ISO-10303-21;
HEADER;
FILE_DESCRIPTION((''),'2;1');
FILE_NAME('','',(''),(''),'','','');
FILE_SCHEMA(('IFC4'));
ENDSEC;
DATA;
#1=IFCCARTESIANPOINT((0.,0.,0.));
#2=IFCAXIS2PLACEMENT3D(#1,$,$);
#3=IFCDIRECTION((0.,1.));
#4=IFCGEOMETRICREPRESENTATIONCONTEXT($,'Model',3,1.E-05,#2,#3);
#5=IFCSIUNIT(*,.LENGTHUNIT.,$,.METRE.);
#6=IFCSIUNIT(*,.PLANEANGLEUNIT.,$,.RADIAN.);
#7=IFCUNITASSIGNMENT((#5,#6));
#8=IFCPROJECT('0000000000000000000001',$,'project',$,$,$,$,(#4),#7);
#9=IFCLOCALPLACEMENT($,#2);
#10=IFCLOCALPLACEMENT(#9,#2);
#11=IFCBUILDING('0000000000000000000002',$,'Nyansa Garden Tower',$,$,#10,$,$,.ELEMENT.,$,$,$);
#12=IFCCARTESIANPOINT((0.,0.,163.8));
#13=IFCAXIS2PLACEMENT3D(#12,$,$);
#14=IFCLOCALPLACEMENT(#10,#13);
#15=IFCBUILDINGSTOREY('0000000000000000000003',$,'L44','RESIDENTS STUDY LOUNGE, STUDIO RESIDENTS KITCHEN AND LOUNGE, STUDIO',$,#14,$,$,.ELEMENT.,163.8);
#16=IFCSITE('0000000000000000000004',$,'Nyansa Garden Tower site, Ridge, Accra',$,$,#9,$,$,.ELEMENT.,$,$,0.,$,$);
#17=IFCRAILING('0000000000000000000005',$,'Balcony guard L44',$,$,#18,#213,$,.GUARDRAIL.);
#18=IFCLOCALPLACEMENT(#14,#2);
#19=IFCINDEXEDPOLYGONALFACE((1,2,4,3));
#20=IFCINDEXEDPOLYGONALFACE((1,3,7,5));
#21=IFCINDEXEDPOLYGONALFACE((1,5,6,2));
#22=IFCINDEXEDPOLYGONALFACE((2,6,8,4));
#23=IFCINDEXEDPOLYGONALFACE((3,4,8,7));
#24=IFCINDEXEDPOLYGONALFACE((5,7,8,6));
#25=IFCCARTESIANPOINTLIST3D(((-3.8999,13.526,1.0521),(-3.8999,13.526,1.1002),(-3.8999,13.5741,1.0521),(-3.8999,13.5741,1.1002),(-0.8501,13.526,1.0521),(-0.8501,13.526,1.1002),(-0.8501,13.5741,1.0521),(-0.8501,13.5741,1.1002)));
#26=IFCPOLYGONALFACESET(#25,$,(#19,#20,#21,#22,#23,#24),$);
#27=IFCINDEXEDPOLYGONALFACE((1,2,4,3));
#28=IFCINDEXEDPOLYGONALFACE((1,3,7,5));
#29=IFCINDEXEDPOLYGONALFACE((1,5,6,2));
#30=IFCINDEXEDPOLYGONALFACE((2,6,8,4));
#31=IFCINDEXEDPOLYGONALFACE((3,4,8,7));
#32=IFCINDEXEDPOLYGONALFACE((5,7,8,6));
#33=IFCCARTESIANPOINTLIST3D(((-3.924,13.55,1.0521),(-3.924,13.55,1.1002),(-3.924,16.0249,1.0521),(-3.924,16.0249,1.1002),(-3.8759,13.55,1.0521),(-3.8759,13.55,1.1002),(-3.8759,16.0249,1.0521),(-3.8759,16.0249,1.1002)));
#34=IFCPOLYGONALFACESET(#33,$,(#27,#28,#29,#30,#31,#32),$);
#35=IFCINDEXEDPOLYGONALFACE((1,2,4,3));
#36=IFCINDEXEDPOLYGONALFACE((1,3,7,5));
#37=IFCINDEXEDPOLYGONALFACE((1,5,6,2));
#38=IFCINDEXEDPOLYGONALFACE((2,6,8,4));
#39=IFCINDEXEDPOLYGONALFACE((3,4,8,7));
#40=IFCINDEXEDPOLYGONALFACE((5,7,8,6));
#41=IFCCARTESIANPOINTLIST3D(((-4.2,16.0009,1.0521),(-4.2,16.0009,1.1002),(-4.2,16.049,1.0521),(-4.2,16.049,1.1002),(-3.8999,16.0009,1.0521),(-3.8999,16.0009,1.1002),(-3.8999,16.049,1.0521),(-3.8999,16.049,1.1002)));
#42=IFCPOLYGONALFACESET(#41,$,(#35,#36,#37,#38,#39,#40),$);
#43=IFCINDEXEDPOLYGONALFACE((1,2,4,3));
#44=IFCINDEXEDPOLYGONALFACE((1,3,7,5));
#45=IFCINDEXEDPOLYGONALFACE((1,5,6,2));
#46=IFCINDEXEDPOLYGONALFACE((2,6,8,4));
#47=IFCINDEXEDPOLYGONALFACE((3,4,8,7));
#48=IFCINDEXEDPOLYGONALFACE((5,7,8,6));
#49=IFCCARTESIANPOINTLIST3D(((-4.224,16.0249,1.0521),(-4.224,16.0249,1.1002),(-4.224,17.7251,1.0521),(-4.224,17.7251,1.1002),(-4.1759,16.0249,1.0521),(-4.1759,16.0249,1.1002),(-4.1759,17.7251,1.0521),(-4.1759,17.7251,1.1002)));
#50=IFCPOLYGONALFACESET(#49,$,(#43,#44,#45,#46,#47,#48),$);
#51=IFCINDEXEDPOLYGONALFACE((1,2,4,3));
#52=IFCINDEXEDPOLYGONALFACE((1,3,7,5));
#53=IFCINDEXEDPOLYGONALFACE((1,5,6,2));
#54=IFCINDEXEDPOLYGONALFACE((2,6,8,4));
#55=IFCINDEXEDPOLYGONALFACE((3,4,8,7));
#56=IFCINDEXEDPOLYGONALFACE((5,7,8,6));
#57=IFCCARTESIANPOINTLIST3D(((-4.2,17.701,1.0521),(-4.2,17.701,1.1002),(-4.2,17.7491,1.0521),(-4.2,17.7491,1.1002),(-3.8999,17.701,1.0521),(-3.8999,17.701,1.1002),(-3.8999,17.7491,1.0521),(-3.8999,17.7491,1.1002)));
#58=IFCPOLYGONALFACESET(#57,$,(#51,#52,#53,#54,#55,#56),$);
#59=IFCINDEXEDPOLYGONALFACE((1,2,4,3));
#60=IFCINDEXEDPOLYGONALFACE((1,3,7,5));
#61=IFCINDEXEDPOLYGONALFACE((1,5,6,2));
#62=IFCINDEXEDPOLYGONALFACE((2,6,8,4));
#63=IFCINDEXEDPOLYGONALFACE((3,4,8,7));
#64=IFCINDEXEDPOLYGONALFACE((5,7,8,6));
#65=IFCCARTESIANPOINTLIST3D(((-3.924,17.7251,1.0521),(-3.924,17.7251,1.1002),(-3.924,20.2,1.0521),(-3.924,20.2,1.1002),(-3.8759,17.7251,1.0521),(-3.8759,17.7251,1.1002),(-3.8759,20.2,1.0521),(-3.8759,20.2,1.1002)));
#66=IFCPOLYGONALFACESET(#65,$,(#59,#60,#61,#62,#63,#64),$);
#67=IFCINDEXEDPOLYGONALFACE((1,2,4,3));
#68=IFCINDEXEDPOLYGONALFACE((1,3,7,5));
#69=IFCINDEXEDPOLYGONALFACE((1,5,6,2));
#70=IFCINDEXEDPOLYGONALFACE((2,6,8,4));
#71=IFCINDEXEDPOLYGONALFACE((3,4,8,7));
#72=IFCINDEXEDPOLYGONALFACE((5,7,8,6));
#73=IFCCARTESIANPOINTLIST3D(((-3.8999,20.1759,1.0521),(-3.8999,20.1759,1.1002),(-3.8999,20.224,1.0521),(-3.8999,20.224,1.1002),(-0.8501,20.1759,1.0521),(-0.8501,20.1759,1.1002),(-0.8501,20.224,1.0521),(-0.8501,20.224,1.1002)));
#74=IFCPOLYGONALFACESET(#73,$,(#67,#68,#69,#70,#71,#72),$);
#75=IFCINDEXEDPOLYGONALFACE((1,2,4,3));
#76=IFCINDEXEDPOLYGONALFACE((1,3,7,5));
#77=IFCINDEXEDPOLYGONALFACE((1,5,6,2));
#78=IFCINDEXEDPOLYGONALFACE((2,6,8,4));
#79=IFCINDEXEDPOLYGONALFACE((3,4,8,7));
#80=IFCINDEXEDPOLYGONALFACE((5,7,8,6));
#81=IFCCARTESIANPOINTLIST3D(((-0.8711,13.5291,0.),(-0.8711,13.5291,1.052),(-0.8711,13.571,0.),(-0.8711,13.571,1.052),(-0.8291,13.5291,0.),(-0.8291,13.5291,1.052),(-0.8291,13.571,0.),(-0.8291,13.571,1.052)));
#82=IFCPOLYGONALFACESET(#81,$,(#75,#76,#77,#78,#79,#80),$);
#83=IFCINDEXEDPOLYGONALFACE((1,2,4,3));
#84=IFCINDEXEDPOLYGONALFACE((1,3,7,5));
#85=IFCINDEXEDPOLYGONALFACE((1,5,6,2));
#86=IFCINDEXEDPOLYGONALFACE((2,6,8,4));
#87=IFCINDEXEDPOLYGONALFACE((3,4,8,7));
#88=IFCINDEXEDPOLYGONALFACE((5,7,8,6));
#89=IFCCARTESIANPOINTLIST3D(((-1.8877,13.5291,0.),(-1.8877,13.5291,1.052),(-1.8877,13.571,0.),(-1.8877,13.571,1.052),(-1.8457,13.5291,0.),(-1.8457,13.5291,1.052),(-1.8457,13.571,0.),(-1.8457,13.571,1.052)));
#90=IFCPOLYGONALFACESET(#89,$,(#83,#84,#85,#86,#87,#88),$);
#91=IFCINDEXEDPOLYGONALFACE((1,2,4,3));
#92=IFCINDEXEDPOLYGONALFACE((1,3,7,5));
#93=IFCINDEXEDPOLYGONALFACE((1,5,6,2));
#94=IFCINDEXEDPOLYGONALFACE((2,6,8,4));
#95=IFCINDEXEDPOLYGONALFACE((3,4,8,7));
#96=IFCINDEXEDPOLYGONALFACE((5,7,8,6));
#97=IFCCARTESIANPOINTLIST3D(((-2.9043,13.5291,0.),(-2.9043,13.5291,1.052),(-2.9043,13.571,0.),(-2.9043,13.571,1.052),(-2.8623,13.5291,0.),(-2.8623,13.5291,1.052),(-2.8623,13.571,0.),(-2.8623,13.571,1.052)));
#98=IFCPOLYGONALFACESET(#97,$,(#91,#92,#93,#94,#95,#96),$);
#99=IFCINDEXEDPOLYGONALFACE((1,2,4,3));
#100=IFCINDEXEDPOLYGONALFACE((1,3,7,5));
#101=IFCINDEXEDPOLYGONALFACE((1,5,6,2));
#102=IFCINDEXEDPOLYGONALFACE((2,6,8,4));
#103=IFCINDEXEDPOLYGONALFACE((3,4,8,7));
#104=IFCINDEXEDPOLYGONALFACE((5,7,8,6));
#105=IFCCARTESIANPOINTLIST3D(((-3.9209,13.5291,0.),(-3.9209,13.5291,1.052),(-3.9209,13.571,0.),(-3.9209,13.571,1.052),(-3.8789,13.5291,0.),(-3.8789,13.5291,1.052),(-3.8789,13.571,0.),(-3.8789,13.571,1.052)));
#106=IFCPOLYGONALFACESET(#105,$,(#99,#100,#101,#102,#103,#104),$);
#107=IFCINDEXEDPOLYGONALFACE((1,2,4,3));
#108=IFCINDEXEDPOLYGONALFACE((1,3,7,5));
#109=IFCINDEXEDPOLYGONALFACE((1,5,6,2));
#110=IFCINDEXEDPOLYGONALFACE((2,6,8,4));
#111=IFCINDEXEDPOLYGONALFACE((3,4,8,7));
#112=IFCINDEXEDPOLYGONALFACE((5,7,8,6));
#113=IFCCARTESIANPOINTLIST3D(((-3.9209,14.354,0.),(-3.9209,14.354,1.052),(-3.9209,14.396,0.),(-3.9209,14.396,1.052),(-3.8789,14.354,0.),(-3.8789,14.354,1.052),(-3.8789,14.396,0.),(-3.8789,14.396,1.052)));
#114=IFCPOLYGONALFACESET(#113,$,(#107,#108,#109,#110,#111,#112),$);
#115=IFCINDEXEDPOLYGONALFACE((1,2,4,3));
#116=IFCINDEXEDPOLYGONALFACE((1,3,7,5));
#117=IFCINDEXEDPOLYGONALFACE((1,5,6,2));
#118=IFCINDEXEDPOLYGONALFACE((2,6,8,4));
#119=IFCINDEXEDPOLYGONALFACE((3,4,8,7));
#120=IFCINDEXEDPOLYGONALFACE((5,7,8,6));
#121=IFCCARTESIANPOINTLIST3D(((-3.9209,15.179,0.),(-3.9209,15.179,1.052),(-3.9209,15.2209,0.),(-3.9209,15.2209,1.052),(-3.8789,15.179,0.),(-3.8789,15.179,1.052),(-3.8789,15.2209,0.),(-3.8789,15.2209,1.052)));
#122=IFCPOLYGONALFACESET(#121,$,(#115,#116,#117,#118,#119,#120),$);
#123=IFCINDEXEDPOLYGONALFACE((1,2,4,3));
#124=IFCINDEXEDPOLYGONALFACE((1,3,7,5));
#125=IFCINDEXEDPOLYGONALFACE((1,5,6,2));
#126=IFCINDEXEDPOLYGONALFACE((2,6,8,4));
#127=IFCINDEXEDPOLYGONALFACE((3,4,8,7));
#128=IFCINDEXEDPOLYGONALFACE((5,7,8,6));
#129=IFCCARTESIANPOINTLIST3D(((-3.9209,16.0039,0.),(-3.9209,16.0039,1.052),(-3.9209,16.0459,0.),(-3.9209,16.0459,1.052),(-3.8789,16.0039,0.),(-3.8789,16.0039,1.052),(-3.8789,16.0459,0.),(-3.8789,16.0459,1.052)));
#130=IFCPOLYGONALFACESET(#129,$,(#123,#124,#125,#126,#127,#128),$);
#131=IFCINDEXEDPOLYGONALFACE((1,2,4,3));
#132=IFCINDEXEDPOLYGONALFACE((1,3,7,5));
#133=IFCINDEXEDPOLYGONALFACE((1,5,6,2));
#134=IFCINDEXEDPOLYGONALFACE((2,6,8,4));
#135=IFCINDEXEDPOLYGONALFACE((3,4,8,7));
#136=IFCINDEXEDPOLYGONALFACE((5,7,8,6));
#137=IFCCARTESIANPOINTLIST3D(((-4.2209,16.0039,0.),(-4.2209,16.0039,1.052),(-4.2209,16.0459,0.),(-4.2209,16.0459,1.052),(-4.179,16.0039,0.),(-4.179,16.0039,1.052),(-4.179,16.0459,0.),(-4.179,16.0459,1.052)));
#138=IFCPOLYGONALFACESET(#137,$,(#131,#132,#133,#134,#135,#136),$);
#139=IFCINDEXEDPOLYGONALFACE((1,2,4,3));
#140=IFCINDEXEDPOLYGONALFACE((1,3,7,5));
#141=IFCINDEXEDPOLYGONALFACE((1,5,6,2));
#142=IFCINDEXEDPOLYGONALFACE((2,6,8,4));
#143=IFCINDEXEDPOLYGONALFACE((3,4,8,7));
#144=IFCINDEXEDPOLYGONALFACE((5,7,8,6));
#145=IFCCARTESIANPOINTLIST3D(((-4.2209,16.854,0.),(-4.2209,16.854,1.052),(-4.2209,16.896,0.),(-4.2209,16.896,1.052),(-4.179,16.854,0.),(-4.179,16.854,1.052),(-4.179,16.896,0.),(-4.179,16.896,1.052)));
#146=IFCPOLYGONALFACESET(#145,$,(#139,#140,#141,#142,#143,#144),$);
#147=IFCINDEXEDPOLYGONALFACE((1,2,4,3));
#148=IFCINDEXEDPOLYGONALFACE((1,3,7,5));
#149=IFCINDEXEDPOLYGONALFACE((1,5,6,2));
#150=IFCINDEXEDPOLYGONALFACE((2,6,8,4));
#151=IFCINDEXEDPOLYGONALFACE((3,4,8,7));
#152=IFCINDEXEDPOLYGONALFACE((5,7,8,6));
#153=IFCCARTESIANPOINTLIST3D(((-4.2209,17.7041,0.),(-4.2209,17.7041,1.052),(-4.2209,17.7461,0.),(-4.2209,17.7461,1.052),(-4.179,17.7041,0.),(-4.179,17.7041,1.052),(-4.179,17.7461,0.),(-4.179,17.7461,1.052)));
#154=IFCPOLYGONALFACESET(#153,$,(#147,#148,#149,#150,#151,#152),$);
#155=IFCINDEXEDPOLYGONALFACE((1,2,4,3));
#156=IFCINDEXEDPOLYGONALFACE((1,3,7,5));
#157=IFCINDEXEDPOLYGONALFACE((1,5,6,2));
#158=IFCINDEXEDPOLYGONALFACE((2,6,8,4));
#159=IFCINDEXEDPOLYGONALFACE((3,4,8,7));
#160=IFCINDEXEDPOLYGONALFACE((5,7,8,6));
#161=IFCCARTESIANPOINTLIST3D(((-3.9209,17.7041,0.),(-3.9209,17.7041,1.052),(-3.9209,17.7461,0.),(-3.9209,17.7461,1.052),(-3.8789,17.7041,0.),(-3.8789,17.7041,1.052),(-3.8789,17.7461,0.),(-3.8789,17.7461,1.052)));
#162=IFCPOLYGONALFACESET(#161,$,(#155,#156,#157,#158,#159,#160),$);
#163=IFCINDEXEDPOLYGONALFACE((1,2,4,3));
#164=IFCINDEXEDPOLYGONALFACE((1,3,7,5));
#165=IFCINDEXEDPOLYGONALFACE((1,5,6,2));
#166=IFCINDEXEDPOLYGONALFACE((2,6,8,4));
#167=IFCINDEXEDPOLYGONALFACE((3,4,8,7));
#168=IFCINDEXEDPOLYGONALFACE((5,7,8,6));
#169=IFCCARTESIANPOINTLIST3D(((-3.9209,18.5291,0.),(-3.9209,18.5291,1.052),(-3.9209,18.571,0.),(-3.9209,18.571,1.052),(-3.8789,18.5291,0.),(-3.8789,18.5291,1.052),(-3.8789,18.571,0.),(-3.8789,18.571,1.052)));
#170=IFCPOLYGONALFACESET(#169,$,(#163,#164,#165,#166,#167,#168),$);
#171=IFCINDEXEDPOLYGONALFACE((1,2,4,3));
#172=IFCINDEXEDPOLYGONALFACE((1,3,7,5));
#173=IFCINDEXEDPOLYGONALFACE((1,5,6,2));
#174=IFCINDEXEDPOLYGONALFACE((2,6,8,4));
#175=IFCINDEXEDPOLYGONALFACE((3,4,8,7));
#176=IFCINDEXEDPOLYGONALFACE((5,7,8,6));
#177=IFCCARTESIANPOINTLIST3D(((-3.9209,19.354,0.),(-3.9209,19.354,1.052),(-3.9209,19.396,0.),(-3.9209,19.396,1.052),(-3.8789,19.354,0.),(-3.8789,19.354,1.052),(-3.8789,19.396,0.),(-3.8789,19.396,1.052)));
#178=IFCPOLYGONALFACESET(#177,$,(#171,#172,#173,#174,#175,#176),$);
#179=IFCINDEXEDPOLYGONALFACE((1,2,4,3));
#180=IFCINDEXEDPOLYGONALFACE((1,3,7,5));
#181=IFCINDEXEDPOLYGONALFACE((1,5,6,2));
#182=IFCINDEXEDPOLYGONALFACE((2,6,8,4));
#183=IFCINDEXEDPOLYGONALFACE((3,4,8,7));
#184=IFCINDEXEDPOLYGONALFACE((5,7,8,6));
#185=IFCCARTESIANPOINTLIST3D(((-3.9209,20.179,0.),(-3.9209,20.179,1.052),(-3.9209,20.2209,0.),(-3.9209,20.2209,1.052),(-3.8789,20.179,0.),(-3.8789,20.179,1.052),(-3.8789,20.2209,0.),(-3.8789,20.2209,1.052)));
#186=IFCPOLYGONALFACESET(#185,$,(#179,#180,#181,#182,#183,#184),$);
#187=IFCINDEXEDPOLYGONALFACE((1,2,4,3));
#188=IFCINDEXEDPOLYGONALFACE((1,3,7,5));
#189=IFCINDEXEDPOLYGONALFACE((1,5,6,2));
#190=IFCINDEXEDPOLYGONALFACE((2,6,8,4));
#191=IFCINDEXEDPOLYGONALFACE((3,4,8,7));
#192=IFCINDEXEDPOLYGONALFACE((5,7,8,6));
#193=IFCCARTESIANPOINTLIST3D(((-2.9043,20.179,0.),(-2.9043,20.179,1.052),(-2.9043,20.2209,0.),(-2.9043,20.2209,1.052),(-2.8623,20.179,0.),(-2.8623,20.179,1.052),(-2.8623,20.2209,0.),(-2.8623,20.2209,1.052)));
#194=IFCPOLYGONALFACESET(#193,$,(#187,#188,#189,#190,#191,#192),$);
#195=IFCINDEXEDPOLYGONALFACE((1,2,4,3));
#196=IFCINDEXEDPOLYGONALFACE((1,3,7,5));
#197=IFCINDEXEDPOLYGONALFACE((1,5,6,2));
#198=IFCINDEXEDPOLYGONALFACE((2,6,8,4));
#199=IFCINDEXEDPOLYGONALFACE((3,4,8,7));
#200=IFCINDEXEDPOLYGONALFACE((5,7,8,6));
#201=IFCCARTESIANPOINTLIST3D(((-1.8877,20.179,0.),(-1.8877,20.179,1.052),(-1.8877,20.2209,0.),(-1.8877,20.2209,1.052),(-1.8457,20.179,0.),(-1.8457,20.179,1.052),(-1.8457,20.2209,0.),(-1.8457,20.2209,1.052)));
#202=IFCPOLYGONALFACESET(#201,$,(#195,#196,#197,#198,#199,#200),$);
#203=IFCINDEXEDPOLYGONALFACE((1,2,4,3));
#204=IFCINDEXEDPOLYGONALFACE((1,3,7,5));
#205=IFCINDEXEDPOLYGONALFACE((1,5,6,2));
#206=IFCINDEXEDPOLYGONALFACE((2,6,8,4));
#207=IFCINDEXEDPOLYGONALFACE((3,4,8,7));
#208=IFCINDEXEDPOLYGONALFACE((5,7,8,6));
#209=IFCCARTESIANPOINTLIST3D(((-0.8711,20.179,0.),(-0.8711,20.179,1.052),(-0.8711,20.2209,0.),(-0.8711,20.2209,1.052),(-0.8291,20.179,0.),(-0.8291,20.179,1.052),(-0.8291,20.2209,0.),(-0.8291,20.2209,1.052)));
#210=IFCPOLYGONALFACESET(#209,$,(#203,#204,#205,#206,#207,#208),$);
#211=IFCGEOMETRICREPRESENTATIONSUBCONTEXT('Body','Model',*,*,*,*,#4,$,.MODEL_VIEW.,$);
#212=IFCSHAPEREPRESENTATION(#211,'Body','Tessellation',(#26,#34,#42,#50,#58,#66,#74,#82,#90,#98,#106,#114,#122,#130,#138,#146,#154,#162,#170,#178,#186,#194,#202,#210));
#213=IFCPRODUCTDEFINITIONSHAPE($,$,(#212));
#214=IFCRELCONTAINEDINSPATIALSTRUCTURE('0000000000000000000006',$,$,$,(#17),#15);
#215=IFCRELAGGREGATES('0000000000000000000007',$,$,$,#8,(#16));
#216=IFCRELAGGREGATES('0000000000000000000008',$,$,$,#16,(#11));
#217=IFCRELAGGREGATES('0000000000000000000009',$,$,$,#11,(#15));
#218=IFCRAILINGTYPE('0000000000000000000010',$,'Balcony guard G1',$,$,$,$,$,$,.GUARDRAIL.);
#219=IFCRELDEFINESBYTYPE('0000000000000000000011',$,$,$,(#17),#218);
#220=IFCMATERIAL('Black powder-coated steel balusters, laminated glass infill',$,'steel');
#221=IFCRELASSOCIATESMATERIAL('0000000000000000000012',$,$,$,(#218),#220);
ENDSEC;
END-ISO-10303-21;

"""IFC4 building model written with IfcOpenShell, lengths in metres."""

from ifc_helpers import new_model, si_unit, direction, frame, origin, origin_2d, place, context, subcontext, project, spatial, rectangle, extrude, material, type_object, element, save


model = new_model("IFC4")

# Units and contexts
model_context = context("Model", 3, precision=1e-05, world=origin(), true_north=direction((0.0, 1.0)))
body_context = subcontext(model_context, "Body", "Model", "MODEL_VIEW")
ifc_project = project(units=[si_unit("LENGTHUNIT", "METRE"), si_unit("PLANEANGLEUNIT", "RADIAN")], contexts=[model_context])

# Site, building, storey
site_placement = place(None, origin())
site = spatial("IfcSite", under=ifc_project, at=site_placement, Name="Nyansa Garden Tower site, Ridge, Accra", CompositionType="ELEMENT", RefElevation=0.0)
building_placement = place(site_placement, origin())
building = spatial("IfcBuilding", under=site, at=building_placement, Name="Nyansa Garden Tower", CompositionType="ELEMENT")
storey_placement = place(building_placement, frame((0.0, 0.0, 163.8)))
storey = spatial("IfcBuildingStorey", under=building, at=storey_placement, Name="L44", Description="RESIDENTS STUDY LOUNGE, STUDIO RESIDENTS KITCHEN AND LOUNGE, STUDIO", CompositionType="ELEMENT", Elevation=163.8)

# Railing
ifc_material_1 = material(Name="Black powder-coated steel balusters, laminated glass infill", Category="steel")
railing_type = type_object("IfcRailingType", Name="Balcony guard G1", PredefinedType="GUARDRAIL", material=ifc_material_1)
railing_placement = place(storey_placement, frame((-0.8501, 13.55, 0.0)))
element("IfcRailing", 1, at=railing_placement, inside=storey, type_object=railing_type, Name="Balcony guard L44", PredefinedType="GUARDRAIL", context=body_context, shape_type="SweptSolid", body=[
    extrude(rectangle(XDim=0.0481, YDim=0.0481, at=origin_2d()), frame((0.0, 0.0, 1.0762), z_axis=(-1.0, 0.0, 0.0), x_axis=(0.0, -1.0, 0.0)), (0.0, 0.0, 1.0), 3.0498),
    extrude(rectangle(XDim=0.0481, YDim=0.0481, at=origin_2d()), frame((-3.0498, 0.0, 1.0762), z_axis=(0.0, 1.0, 0.0), x_axis=(-1.0, 0.0, 0.0)), (0.0, 0.0, 1.0), 2.4749),
    extrude(rectangle(XDim=0.0481, YDim=0.0481, at=origin_2d()), frame((-3.0498, 2.4749, 1.0762), z_axis=(-1.0, 0.0, 0.0), x_axis=(0.0, -1.0, 0.0)), (0.0, 0.0, 1.0), 0.3),
    extrude(rectangle(XDim=0.0481, YDim=0.0481, at=origin_2d()), frame((-3.3499, 2.4749, 1.0762), z_axis=(0.0, 1.0, 0.0), x_axis=(-1.0, 0.0, 0.0)), (0.0, 0.0, 1.0), 1.7002),
    extrude(rectangle(XDim=0.0481, YDim=0.0481, at=origin_2d()), frame((-3.3499, 4.175, 1.0762), z_axis=(1.0, 0.0, 0.0), x_axis=(0.0, 1.0, 0.0)), (0.0, 0.0, 1.0), 0.3),
    extrude(rectangle(XDim=0.0481, YDim=0.0481, at=origin_2d()), frame((-3.0498, 4.175, 1.0762), z_axis=(0.0, 1.0, 0.0), x_axis=(-1.0, 0.0, 0.0)), (0.0, 0.0, 1.0), 2.4749),
    extrude(rectangle(XDim=0.0481, YDim=0.0481, at=origin_2d()), frame((-3.0498, 6.6499, 1.0762), z_axis=(1.0, 0.0, 0.0), x_axis=(0.0, 1.0, 0.0)), (0.0, 0.0, 1.0), 3.0498),
    extrude(rectangle(XDim=0.042, YDim=0.042, at=origin_2d()), origin(), (0.0, 0.0, 1.0), 1.052),
    extrude(rectangle(XDim=0.042, YDim=0.042, at=origin_2d()), frame((-1.0166, 0.0, 0.0)), (0.0, 0.0, 1.0), 1.052),
    extrude(rectangle(XDim=0.042, YDim=0.042, at=origin_2d()), frame((-2.0332, 0.0, 0.0)), (0.0, 0.0, 1.0), 1.052),
    extrude(rectangle(XDim=0.042, YDim=0.042, at=origin_2d()), frame((-3.0498, 0.0, 0.0)), (0.0, 0.0, 1.0), 1.052),
    extrude(rectangle(XDim=0.042, YDim=0.042, at=origin_2d()), frame((-3.0498, 0.825, 0.0)), (0.0, 0.0, 1.0), 1.052),
    extrude(rectangle(XDim=0.042, YDim=0.042, at=origin_2d()), frame((-3.0498, 1.6499, 0.0)), (0.0, 0.0, 1.0), 1.052),
    extrude(rectangle(XDim=0.042, YDim=0.042, at=origin_2d()), frame((-3.0498, 2.4749, 0.0)), (0.0, 0.0, 1.0), 1.052),
    extrude(rectangle(XDim=0.042, YDim=0.042, at=origin_2d()), frame((-3.3499, 2.4749, 0.0)), (0.0, 0.0, 1.0), 1.052),
    extrude(rectangle(XDim=0.042, YDim=0.042, at=origin_2d()), frame((-3.3499, 3.325, 0.0)), (0.0, 0.0, 1.0), 1.052),
    extrude(rectangle(XDim=0.042, YDim=0.042, at=origin_2d()), frame((-3.3499, 4.175, 0.0)), (0.0, 0.0, 1.0), 1.052),
    extrude(rectangle(XDim=0.042, YDim=0.042, at=origin_2d()), frame((-3.0498, 4.175, 0.0)), (0.0, 0.0, 1.0), 1.052),
    extrude(rectangle(XDim=0.042, YDim=0.042, at=origin_2d()), frame((-3.0498, 5.0, 0.0)), (0.0, 0.0, 1.0), 1.052),
    extrude(rectangle(XDim=0.042, YDim=0.042, at=origin_2d()), frame((-3.0498, 5.825, 0.0)), (0.0, 0.0, 1.0), 1.052),
    extrude(rectangle(XDim=0.042, YDim=0.042, at=origin_2d()), frame((-3.0498, 6.6499, 0.0)), (0.0, 0.0, 1.0), 1.052),
    extrude(rectangle(XDim=0.042, YDim=0.042, at=origin_2d()), frame((-2.0332, 6.6499, 0.0)), (0.0, 0.0, 1.0), 1.052),
    extrude(rectangle(XDim=0.042, YDim=0.042, at=origin_2d()), frame((-1.0166, 6.6499, 0.0)), (0.0, 0.0, 1.0), 1.052),
    extrude(rectangle(XDim=0.042, YDim=0.042, at=origin_2d()), frame((0.0, 6.6499, 0.0)), (0.0, 0.0, 1.0), 1.052),
])

save(model, "model.ifc")
